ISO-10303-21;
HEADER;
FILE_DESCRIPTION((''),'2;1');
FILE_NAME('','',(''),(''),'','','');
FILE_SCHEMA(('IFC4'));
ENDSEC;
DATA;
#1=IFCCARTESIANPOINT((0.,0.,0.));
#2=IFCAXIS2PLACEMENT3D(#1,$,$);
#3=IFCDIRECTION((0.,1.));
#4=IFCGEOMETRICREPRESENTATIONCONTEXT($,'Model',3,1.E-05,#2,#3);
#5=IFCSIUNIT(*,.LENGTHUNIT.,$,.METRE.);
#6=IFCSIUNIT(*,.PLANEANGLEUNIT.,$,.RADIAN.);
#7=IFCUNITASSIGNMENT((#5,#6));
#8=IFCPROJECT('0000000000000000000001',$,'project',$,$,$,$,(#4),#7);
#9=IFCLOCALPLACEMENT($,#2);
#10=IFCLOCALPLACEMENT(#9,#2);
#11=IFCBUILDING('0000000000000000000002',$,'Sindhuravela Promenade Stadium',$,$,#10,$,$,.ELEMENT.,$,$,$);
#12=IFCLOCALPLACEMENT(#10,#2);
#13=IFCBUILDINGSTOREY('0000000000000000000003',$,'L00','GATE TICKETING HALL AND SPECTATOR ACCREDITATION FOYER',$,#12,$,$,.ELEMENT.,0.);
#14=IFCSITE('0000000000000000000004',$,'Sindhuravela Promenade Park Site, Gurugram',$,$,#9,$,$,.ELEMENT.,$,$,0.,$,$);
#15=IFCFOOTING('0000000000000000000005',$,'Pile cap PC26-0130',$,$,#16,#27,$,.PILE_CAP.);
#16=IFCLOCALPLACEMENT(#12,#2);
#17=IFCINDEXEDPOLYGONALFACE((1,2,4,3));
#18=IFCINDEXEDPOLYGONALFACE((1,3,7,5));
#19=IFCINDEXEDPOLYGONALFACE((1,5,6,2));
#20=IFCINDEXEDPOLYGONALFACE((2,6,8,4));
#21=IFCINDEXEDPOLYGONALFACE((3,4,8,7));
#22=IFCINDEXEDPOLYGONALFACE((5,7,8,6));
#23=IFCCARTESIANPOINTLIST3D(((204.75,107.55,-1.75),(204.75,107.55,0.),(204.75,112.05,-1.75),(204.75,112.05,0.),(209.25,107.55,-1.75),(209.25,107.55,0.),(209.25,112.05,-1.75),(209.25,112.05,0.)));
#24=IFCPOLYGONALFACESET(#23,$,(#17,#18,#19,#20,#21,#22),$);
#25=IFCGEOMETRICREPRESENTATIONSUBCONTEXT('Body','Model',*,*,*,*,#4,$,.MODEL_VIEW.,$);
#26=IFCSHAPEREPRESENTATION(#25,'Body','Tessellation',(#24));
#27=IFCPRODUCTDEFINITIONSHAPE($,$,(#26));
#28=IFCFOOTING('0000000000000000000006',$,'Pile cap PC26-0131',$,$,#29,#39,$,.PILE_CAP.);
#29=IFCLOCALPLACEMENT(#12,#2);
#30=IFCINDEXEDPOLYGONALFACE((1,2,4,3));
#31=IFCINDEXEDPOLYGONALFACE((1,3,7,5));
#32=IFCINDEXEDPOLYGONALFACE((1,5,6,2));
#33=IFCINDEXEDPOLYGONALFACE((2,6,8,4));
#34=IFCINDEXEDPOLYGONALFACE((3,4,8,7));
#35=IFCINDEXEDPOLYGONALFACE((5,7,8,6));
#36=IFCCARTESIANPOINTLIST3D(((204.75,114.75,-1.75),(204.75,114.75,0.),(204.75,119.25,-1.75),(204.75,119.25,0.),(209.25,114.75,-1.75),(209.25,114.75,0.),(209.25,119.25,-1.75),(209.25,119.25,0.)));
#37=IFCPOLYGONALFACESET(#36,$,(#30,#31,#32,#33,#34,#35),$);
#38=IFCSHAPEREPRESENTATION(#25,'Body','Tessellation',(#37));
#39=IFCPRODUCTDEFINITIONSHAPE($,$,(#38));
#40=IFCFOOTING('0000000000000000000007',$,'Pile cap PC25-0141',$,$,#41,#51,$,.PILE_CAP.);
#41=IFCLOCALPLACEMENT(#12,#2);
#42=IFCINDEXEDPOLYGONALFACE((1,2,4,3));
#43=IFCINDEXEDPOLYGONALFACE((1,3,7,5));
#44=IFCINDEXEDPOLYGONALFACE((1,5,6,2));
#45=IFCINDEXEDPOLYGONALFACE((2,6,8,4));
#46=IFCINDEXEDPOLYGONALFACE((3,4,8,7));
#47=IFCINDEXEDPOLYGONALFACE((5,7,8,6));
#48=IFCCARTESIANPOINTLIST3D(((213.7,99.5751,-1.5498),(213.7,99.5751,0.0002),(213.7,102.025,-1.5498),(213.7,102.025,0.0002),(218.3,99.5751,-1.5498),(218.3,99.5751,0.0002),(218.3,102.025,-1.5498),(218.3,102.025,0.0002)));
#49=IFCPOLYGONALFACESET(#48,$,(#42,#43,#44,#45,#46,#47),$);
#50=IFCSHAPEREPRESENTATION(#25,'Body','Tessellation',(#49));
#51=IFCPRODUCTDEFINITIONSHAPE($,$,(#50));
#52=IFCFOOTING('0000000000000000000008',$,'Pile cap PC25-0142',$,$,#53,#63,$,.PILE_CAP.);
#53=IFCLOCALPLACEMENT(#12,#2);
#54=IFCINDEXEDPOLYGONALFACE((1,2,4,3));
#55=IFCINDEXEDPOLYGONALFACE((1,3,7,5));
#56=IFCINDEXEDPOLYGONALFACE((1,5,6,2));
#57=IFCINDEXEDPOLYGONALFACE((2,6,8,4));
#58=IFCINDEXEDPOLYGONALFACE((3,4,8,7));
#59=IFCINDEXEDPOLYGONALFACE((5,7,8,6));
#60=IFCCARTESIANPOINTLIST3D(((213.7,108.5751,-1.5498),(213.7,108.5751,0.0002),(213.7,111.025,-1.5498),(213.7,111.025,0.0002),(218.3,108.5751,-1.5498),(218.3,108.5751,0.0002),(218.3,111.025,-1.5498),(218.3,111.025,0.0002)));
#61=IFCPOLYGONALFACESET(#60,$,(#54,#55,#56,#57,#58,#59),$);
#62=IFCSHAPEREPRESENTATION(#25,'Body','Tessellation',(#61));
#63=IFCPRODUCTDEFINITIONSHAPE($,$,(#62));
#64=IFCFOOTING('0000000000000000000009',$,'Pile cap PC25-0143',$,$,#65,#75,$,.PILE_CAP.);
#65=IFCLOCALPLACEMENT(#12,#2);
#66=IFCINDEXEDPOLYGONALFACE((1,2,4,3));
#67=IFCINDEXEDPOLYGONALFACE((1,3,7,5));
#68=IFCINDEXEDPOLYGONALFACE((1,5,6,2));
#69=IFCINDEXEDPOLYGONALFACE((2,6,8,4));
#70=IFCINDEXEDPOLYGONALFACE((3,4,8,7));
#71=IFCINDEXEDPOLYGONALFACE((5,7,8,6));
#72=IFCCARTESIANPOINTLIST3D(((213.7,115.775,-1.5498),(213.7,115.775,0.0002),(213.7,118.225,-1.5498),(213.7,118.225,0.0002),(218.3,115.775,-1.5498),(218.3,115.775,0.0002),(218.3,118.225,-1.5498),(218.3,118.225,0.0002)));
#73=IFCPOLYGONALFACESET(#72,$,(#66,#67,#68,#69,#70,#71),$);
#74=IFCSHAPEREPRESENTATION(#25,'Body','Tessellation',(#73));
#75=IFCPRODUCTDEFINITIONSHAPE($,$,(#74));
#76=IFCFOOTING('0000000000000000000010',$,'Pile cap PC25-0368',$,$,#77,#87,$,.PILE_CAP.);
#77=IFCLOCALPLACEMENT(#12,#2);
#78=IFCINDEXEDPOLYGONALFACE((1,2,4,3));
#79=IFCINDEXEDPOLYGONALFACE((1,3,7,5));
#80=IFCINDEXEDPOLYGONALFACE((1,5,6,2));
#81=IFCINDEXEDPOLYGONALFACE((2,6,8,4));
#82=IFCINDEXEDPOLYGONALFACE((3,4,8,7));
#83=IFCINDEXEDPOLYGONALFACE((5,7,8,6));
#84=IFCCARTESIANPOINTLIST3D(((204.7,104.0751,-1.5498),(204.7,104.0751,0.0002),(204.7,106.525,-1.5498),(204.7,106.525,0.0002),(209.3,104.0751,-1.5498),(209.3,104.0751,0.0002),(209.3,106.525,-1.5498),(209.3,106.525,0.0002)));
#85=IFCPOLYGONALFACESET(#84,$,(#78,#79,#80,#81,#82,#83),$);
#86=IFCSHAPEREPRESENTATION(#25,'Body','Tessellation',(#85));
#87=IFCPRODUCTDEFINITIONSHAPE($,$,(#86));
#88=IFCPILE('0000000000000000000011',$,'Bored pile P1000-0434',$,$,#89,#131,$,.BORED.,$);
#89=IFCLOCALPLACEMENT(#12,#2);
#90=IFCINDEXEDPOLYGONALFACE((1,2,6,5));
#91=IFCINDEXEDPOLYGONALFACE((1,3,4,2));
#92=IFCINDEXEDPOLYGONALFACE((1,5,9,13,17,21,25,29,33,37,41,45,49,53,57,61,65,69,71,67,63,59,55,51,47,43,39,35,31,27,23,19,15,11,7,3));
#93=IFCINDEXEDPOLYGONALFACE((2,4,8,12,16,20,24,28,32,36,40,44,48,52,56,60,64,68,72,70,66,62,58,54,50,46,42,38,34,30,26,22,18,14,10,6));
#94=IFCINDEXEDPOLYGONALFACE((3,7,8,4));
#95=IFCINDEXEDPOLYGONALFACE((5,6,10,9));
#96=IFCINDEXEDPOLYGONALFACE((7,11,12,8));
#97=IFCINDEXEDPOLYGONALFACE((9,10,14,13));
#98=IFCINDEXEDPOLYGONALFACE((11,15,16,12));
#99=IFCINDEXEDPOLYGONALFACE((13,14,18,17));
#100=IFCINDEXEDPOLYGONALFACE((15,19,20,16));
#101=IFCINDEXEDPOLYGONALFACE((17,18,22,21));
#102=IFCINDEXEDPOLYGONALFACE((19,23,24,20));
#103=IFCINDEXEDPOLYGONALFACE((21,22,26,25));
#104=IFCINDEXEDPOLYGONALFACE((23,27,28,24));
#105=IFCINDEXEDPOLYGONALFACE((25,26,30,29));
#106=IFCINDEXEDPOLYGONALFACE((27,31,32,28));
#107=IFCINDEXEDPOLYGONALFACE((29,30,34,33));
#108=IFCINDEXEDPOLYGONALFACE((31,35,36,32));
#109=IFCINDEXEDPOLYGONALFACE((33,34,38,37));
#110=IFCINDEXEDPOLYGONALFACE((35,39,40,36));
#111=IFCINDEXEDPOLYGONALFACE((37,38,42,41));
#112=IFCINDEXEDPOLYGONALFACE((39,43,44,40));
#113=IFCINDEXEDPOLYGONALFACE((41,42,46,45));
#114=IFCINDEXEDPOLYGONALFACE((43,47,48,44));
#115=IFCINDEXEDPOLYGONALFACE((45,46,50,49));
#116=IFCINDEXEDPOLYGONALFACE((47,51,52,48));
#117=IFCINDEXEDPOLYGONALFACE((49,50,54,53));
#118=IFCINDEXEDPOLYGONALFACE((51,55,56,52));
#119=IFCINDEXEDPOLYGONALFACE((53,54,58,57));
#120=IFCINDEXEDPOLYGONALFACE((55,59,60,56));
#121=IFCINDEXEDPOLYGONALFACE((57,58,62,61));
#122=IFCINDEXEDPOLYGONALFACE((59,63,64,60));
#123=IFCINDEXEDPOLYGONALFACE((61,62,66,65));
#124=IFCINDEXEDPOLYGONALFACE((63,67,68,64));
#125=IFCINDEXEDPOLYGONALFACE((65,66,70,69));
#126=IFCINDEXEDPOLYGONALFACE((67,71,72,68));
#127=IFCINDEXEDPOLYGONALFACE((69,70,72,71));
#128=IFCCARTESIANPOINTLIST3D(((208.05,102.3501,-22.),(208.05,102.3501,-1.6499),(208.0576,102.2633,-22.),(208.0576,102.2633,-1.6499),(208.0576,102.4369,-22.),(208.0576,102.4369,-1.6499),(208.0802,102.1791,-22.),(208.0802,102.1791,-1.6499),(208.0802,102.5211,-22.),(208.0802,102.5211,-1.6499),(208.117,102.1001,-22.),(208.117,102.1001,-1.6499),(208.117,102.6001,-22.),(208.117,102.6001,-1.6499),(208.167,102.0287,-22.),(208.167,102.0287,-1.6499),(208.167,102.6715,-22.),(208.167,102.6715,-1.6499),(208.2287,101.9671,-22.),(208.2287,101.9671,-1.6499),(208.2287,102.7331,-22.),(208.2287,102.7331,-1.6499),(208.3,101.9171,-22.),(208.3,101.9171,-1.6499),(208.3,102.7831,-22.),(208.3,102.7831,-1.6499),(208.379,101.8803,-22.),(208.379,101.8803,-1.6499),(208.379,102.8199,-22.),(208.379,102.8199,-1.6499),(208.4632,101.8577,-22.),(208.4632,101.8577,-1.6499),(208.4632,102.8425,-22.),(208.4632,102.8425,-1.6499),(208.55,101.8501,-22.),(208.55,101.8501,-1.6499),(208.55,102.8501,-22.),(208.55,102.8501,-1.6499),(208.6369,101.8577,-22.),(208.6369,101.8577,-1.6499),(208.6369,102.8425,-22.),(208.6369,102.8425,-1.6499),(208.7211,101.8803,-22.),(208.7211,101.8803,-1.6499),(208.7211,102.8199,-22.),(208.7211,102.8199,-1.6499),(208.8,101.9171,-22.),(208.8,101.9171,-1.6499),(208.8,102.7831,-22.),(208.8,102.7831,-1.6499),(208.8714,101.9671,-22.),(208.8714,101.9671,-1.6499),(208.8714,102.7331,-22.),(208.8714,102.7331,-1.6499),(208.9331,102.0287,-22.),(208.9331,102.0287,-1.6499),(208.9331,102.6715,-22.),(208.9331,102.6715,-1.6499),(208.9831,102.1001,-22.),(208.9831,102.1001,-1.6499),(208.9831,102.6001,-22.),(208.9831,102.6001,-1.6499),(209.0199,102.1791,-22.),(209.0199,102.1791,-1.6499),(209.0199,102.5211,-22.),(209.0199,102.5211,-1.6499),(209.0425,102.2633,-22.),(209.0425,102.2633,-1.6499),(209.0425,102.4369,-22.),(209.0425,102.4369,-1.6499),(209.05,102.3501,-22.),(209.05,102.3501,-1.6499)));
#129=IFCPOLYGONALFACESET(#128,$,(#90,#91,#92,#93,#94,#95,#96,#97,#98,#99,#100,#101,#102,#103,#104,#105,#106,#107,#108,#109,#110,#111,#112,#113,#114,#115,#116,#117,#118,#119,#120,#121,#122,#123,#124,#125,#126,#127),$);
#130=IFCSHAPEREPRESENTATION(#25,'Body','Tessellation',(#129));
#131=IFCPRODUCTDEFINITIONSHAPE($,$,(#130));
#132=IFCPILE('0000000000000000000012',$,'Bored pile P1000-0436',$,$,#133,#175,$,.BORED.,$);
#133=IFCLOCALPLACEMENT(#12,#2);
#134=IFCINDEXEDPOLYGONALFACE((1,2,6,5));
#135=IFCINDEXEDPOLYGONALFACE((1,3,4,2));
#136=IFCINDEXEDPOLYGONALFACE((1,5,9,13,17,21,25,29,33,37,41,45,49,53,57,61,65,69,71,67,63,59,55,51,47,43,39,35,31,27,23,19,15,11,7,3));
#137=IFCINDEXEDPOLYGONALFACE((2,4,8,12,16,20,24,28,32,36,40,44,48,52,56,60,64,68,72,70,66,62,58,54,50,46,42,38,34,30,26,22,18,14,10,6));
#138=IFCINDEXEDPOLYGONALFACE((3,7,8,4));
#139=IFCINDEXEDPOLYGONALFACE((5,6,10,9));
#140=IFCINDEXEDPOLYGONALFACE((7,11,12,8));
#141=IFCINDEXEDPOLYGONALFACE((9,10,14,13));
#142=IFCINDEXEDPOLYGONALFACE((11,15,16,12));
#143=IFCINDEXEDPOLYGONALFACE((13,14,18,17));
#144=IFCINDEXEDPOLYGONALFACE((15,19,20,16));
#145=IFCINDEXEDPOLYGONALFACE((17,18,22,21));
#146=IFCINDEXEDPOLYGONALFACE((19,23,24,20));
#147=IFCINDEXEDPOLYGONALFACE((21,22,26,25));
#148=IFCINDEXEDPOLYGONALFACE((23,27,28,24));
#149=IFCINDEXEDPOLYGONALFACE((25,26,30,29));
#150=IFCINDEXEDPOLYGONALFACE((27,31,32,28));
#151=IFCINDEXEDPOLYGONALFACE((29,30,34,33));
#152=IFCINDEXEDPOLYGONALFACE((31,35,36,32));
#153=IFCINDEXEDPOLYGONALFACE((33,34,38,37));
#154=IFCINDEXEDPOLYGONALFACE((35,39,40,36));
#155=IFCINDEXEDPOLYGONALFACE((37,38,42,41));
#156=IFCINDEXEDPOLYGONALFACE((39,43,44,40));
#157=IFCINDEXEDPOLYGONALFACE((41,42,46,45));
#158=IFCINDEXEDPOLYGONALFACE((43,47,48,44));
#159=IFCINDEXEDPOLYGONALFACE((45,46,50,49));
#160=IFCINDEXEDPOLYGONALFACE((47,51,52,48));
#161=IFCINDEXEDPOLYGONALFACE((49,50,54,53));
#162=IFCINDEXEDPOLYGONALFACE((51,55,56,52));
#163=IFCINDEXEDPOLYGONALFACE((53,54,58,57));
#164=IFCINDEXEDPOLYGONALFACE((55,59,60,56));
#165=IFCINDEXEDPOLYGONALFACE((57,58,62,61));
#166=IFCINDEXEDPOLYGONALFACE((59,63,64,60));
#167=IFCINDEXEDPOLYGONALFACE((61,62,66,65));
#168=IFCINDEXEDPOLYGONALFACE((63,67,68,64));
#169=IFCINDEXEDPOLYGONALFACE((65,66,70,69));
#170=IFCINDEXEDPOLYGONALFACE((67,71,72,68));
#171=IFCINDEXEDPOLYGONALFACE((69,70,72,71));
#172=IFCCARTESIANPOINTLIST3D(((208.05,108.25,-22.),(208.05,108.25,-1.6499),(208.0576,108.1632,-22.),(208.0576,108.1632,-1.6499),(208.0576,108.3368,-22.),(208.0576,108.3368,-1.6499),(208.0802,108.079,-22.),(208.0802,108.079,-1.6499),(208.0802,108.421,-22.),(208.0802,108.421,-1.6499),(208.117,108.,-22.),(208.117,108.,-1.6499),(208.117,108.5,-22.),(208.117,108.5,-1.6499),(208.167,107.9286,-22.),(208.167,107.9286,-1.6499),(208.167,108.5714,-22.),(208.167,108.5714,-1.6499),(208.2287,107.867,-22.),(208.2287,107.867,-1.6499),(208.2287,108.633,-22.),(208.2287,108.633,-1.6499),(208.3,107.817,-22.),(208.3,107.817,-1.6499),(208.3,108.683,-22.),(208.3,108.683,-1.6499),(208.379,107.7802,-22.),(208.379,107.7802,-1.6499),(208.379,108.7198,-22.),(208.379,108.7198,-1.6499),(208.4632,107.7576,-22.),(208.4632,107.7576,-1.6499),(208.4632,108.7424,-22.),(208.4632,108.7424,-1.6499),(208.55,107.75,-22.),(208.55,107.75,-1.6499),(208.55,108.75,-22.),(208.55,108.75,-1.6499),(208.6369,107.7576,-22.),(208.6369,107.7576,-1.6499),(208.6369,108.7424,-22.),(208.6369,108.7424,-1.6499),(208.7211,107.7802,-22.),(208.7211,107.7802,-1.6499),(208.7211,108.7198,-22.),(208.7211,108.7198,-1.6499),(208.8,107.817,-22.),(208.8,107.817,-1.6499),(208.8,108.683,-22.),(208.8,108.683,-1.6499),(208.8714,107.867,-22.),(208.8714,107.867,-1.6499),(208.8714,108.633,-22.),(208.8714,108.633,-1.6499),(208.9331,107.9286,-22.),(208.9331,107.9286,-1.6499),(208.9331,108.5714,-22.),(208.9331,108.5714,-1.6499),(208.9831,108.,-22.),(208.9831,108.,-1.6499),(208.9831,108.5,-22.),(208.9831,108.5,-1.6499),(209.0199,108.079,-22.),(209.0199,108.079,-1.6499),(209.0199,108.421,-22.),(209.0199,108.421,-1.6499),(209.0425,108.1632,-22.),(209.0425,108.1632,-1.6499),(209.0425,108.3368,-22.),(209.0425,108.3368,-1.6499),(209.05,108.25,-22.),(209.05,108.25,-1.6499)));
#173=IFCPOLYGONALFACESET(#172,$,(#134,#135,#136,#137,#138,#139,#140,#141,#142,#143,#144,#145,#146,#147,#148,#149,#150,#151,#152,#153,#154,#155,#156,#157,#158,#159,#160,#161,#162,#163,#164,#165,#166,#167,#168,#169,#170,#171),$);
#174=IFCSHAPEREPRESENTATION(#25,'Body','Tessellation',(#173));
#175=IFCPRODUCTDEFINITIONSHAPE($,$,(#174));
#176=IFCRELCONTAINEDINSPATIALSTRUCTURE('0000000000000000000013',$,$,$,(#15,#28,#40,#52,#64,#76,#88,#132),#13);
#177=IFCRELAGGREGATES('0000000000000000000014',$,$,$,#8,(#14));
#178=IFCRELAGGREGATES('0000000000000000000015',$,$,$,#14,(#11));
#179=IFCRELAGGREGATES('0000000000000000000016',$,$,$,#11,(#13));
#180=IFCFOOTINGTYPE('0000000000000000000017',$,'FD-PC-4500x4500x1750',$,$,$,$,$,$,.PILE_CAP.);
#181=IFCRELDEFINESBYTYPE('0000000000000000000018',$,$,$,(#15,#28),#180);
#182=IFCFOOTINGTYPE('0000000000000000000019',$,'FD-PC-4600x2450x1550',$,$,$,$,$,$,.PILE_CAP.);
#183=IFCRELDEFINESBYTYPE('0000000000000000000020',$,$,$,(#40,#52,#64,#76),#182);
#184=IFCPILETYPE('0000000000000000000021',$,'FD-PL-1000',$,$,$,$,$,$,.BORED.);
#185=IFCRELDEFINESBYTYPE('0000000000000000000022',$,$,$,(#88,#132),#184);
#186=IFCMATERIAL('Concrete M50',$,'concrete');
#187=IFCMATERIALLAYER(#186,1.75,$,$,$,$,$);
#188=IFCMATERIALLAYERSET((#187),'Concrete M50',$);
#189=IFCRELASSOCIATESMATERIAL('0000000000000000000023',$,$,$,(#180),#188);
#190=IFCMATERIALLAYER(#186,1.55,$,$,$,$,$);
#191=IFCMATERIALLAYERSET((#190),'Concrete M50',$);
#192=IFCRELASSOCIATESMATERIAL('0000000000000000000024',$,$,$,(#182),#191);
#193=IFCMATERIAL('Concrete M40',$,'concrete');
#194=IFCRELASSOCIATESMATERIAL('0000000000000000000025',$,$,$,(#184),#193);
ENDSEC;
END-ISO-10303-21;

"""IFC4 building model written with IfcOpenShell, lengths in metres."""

from ifc_helpers import new_model, si_unit, direction, frame, origin, origin_2d, place, context, subcontext, project, spatial, rectangle, circle, extrude, material, layer, layer_set, material_profile, profile_set, type_object, element, save


model = new_model("IFC4")

# Units and contexts
model_context = context("Model", 3, precision=1e-05, world=origin(), true_north=direction((0.0, 1.0)))
body_context = subcontext(model_context, "Body", "Model", "MODEL_VIEW")
ifc_project = project(units=[si_unit("LENGTHUNIT", "METRE"), si_unit("PLANEANGLEUNIT", "RADIAN")], contexts=[model_context])

# Site, building, storey
site_placement = place(None, origin())
site = spatial("IfcSite", under=ifc_project, at=site_placement, Name="Sindhuravela Promenade Park Site, Gurugram", CompositionType="ELEMENT", RefElevation=0.0)
building_placement = place(site_placement, origin())
building = spatial("IfcBuilding", under=site, at=building_placement, Name="Sindhuravela Promenade Stadium", CompositionType="ELEMENT")
storey_placement = place(building_placement, origin())
storey = spatial("IfcBuildingStorey", under=building, at=storey_placement, Name="L00", Description="GATE TICKETING HALL AND SPECTATOR ACCREDITATION FOYER", CompositionType="ELEMENT", Elevation=0.0)

# Footings
ifc_material_1 = material(Name="Concrete M50", Category="concrete")
ifc_layer_1 = layer(ifc_material_1, 1.75)
ifc_layer_set_1 = layer_set([ifc_layer_1], Name="Concrete M50")
footing_type_1 = type_object("IfcFootingType", Name="FD-PC-4500x4500x1750", PredefinedType="PILE_CAP", material=ifc_layer_set_1)
for number, where, z_axis, x_axis, name in (
    (1, (207.0, 109.8, -1.75), (0.0, 0.0, 1.0), (1.0, 0.0, 0.0), "Pile cap PC26-0130"),
    (2, (207.0, 117.0, -1.75), (0.0, 0.0, 1.0), (1.0, 0.0, 0.0), "Pile cap PC26-0131"),
):
    element("IfcFooting", number, at=place(storey_placement, frame(where, z_axis=z_axis, x_axis=x_axis)), inside=storey, type_object=footing_type_1, Name=name, PredefinedType="PILE_CAP", context=body_context, shape_type="SweptSolid", body=[
        extrude(rectangle(XDim=4.5, YDim=4.5, at=origin_2d()), origin(), (0.0, 0.0, 1.0), 1.75),
    ])
ifc_layer_2 = layer(ifc_material_1, 1.55)
ifc_layer_set_2 = layer_set([ifc_layer_2], Name="Concrete M50")
footing_type_2 = type_object("IfcFootingType", Name="FD-PC-4600x2450x1550", PredefinedType="PILE_CAP", material=ifc_layer_set_2)
for number, where, z_axis, x_axis, name in (
    (3, (216.0, 100.8, -1.5498), (0.0, 0.0, 1.0), (1.0, 0.0, 0.0), "Pile cap PC25-0141"),
    (4, (216.0, 109.8, -1.5498), (0.0, 0.0, 1.0), (1.0, 0.0, 0.0), "Pile cap PC25-0142"),
    (5, (216.0, 117.0, -1.5498), (0.0, 0.0, 1.0), (1.0, 0.0, 0.0), "Pile cap PC25-0143"),
    (6, (207.0, 105.3, -1.5498), (0.0, 0.0, 1.0), (1.0, 0.0, 0.0), "Pile cap PC25-0368"),
):
    element("IfcFooting", number, at=place(storey_placement, frame(where, z_axis=z_axis, x_axis=x_axis)), inside=storey, type_object=footing_type_2, Name=name, PredefinedType="PILE_CAP", context=body_context, shape_type="SweptSolid", body=[
        extrude(rectangle(XDim=4.6001, YDim=2.45, at=origin_2d()), origin(), (0.0, 0.0, 1.0), 1.55),
    ])

# Piles
ifc_material_2 = material(Name="Concrete M40", Category="concrete")
ifc_material_profile_1 = material_profile(ifc_material_2, circle(Radius=0.5, at=origin_2d()), Name="BORED PILE D1000")
ifc_profile_set_1 = profile_set([ifc_material_profile_1], Name="Concrete M40")
pile_type = type_object("IfcPileType", Name="FD-PL-1000", PredefinedType="BORED", material=ifc_profile_set_1)
for number, where, z_axis, x_axis, name in (
    (7, (208.55, 102.3501, -1.6499), (0.0, 0.0, -1.0), (1.0, 0.0, 0.0), "Bored pile P1000-0434"),
    (8, (208.55, 108.25, -1.6499), (0.0, 0.0, -1.0), (1.0, 0.0, 0.0), "Bored pile P1000-0436"),
):
    element("IfcPile", number, at=place(storey_placement, frame(where, z_axis=z_axis, x_axis=x_axis)), inside=storey, type_object=pile_type, Name=name, PredefinedType="BORED", context=body_context, shape_type="SweptSolid", body=[
        extrude(circle(Radius=0.5, at=origin_2d()), origin(), (0.0, 0.0, 1.0), 20.3501),
    ])

save(model, "model.ifc")
